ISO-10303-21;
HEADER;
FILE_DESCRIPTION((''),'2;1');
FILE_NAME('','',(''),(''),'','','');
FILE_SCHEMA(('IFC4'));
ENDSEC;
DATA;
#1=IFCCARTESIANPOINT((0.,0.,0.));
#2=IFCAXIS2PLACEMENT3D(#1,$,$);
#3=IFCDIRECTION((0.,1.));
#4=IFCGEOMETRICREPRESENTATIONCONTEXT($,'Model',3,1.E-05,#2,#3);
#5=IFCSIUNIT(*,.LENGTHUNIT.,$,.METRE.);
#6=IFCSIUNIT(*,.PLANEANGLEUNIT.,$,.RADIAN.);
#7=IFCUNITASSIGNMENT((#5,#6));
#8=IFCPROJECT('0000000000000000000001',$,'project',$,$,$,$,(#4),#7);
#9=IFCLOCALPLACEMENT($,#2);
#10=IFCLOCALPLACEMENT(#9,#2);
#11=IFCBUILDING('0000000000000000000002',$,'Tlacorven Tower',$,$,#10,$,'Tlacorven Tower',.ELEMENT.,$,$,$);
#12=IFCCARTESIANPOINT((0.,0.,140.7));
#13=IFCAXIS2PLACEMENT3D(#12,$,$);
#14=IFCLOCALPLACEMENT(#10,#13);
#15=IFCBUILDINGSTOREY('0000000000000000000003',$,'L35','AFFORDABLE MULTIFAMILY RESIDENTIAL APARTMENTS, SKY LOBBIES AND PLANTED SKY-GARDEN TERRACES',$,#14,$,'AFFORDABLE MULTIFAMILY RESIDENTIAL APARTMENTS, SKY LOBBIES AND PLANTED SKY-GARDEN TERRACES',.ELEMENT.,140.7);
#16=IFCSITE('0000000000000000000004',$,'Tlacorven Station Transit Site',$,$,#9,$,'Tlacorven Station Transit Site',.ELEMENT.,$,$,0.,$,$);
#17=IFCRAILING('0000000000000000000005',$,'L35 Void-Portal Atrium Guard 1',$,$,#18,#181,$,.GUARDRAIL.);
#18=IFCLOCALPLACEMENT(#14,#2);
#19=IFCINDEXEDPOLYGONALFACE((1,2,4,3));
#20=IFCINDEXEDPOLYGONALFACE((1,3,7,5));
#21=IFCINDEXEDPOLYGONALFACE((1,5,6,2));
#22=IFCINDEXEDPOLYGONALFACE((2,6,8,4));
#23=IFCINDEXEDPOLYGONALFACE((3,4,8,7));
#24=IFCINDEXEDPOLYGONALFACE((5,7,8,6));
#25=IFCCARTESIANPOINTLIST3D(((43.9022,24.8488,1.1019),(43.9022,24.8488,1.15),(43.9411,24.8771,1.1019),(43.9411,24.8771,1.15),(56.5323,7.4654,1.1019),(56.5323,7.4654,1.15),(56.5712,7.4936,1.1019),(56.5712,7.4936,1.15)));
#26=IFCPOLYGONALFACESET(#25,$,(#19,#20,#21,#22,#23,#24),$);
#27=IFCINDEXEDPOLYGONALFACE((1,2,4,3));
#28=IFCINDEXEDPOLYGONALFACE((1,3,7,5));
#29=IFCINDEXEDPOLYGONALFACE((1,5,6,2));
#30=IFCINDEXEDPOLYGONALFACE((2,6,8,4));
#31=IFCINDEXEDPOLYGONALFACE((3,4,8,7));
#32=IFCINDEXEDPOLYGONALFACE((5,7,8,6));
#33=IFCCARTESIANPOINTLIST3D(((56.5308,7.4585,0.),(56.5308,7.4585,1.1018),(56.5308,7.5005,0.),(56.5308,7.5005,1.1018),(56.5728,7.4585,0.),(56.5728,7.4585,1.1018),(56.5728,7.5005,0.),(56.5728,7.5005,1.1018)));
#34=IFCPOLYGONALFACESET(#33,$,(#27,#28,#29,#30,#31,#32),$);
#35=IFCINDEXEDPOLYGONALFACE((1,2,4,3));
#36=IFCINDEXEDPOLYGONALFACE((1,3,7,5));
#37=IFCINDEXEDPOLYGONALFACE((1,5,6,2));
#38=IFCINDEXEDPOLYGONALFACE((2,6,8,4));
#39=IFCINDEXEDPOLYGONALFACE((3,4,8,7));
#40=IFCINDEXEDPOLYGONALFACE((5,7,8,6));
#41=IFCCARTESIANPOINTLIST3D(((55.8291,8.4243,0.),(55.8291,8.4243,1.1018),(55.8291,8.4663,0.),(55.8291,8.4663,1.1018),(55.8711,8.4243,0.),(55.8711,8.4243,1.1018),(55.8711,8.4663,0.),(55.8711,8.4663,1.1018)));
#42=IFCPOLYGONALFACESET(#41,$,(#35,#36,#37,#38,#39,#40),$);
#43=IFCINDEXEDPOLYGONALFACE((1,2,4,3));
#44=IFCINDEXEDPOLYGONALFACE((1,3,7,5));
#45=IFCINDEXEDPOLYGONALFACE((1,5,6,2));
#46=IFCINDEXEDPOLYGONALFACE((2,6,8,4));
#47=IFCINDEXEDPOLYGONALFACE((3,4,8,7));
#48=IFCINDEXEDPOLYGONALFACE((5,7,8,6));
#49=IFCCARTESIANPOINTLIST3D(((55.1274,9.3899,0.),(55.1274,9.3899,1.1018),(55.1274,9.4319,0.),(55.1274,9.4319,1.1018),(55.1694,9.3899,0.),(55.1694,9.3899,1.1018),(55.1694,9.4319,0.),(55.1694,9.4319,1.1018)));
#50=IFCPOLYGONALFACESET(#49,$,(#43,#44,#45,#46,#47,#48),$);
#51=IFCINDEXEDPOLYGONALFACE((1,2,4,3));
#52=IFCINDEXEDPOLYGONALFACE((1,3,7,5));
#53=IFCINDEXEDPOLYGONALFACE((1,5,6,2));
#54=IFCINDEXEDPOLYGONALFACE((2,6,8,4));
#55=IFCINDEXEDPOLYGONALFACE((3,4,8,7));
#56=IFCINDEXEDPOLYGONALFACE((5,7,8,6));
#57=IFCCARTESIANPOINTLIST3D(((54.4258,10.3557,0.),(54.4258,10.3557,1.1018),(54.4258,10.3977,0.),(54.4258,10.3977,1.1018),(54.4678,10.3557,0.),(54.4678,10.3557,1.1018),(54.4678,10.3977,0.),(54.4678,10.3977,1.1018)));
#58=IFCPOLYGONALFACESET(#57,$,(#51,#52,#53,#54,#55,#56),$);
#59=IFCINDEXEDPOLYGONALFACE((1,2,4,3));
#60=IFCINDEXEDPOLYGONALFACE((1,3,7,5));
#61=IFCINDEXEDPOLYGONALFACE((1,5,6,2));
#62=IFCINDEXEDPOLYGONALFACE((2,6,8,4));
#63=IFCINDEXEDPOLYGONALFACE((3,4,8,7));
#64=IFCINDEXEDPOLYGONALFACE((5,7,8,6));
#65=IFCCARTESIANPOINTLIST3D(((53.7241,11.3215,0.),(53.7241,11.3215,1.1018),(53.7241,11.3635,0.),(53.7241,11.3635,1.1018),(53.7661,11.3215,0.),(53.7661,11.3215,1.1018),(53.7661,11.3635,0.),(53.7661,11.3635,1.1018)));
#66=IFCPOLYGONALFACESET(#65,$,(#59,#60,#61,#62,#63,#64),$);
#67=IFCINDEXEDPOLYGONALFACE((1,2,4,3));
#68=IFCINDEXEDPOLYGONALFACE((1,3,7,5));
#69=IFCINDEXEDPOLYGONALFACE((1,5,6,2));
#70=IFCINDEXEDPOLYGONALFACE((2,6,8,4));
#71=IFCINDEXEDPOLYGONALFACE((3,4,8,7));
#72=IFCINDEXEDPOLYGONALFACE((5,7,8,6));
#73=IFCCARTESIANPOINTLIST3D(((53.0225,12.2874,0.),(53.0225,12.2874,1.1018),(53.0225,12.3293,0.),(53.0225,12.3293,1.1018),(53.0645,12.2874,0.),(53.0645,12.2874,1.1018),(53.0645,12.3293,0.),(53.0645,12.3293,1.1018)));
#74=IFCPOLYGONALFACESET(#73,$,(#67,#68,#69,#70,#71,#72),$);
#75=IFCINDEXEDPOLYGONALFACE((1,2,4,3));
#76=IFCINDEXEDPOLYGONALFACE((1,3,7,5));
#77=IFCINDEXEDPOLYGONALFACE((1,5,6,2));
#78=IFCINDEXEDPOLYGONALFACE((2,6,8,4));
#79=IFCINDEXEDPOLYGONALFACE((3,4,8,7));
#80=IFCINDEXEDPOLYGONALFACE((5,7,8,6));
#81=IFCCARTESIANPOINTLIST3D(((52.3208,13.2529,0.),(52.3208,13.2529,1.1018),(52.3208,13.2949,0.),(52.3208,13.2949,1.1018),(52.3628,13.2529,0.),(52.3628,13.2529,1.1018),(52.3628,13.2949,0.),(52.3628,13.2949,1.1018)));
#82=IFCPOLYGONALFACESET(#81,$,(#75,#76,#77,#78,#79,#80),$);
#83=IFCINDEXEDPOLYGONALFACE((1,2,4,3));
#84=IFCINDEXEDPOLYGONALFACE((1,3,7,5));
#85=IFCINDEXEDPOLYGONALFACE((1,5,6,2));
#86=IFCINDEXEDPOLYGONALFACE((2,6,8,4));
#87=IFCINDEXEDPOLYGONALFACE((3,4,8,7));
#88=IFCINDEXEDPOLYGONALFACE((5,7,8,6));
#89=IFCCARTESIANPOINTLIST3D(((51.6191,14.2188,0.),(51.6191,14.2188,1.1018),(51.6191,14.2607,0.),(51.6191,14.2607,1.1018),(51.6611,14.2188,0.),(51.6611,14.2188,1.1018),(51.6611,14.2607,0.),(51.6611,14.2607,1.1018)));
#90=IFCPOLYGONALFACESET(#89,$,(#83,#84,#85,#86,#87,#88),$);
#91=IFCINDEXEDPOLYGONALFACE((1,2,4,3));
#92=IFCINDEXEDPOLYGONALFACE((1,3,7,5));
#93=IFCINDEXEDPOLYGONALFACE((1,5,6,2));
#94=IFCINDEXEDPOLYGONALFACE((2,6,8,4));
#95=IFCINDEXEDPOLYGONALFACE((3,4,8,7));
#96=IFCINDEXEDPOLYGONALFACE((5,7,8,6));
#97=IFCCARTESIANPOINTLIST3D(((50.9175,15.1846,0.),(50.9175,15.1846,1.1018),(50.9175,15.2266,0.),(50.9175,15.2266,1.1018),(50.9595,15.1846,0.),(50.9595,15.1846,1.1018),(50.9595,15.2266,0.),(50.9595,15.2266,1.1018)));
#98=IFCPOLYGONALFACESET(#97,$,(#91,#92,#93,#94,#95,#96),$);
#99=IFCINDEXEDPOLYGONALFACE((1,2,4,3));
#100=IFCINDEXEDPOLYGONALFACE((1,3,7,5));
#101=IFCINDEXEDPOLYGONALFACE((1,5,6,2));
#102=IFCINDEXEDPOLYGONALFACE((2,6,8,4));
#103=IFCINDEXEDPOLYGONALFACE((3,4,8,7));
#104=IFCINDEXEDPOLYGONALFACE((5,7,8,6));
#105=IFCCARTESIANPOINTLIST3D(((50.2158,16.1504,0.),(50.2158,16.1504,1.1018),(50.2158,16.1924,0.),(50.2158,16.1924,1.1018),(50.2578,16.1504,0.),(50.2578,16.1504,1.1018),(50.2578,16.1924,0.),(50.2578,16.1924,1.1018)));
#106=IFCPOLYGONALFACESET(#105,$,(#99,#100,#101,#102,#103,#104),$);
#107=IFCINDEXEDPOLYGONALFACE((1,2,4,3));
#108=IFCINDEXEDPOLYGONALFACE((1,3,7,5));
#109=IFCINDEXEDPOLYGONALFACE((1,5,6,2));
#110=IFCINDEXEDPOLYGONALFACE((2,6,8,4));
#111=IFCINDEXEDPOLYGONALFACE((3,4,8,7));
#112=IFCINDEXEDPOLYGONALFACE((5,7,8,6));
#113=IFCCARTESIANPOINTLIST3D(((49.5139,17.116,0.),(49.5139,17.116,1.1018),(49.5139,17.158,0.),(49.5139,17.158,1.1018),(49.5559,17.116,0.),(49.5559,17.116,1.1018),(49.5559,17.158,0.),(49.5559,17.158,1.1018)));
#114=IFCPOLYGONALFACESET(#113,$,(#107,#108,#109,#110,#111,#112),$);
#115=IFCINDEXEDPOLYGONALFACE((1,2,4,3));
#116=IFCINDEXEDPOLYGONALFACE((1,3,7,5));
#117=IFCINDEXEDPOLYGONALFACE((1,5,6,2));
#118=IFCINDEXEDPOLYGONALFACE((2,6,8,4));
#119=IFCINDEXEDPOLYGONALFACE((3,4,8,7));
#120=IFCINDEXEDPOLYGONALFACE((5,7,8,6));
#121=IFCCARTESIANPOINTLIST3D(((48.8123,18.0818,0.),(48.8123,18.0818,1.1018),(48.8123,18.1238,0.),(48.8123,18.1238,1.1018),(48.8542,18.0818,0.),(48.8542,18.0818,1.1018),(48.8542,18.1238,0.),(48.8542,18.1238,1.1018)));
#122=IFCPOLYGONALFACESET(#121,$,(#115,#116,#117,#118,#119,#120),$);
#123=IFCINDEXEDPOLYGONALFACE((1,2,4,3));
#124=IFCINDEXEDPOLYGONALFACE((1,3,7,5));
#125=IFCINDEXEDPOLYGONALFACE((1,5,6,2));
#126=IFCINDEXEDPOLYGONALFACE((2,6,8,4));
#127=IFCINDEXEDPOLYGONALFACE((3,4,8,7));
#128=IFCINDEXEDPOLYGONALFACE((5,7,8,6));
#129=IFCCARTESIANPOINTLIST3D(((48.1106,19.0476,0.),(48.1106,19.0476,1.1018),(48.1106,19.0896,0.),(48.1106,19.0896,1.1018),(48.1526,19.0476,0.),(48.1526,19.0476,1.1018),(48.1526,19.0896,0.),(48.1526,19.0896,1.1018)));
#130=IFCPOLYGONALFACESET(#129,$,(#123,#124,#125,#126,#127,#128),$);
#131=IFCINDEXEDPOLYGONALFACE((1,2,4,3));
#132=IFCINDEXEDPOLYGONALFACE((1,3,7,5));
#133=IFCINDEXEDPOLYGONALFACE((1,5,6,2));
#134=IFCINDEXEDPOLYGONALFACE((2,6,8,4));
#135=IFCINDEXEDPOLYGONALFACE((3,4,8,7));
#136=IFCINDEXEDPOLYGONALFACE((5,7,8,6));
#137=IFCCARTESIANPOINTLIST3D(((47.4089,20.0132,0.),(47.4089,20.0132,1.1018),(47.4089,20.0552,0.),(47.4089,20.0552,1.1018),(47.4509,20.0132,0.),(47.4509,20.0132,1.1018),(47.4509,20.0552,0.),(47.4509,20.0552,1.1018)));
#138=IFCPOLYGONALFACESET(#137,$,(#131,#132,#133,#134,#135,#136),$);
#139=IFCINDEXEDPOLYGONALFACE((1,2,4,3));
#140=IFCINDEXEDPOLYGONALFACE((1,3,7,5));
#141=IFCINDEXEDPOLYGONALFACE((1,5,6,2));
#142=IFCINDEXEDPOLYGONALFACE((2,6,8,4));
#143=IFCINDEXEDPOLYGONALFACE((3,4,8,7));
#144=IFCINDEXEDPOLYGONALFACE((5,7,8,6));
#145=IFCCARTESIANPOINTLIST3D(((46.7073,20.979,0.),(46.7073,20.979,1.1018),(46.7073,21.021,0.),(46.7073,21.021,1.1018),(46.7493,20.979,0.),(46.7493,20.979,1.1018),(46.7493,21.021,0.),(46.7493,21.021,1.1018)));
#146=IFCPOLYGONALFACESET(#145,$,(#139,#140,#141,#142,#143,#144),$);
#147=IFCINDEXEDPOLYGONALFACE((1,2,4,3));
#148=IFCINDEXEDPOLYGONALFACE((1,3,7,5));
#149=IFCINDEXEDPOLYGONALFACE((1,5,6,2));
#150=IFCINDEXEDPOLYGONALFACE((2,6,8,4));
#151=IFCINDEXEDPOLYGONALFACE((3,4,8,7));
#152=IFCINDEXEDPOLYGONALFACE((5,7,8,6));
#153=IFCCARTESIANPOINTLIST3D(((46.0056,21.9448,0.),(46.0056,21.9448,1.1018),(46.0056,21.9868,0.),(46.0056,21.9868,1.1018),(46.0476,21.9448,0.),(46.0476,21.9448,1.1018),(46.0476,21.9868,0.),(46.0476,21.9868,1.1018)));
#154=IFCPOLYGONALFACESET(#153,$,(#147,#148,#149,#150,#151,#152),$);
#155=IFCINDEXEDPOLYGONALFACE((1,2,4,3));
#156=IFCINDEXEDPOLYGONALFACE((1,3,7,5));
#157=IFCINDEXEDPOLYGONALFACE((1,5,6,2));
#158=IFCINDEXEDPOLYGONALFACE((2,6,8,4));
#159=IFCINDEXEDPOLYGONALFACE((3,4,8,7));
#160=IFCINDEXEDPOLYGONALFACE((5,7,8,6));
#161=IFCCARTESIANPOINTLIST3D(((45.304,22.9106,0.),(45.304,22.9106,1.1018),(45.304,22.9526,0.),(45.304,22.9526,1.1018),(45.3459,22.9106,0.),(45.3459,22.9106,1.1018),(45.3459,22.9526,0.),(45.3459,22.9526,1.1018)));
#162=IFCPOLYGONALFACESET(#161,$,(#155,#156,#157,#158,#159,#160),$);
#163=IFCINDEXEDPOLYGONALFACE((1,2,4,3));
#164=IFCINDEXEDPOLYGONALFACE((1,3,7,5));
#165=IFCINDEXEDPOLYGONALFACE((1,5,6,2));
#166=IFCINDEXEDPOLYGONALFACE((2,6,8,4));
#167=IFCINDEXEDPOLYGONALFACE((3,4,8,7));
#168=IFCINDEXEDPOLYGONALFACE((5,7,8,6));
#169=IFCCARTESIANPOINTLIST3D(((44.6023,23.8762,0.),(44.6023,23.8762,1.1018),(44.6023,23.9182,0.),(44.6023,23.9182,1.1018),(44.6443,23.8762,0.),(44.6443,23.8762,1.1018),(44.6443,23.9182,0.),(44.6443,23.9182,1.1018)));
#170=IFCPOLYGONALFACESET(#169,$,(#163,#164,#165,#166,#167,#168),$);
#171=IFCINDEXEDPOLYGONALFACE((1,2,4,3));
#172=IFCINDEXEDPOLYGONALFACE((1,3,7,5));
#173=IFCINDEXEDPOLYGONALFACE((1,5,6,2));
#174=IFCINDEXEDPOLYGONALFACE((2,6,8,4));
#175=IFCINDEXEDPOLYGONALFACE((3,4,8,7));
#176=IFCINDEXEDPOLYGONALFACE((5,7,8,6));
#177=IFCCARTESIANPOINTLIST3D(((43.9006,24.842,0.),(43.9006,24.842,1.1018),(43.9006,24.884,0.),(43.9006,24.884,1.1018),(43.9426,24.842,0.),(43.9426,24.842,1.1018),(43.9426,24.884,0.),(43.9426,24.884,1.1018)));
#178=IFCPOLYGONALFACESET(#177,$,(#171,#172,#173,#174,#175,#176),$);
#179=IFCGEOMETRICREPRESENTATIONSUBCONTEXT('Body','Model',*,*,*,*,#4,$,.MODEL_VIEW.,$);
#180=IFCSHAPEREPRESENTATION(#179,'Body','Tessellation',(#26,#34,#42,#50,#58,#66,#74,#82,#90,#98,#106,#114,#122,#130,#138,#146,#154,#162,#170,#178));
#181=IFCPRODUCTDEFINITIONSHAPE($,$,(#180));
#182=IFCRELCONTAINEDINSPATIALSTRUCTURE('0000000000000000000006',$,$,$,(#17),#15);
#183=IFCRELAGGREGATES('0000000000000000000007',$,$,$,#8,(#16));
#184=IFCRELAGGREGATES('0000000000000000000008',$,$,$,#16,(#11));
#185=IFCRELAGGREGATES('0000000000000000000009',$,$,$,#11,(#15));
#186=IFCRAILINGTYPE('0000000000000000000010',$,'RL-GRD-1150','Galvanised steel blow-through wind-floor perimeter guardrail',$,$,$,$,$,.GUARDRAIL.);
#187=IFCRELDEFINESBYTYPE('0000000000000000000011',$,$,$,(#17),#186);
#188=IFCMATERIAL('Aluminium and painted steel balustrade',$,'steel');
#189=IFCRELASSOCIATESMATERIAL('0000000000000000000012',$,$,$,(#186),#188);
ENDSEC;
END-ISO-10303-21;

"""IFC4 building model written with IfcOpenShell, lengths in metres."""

from ifc_helpers import new_model, si_unit, direction, frame, origin, origin_2d, place, context, subcontext, project, spatial, rectangle, extrude, source, transform, mapped, material, type_object, element, save


model = new_model("IFC4")

# Units and contexts
model_context = context("Model", 3, precision=1e-05, world=origin(), true_north=direction((0.0, 1.0)))
body_context = subcontext(model_context, "Body", "Model", "MODEL_VIEW")
ifc_project = project(units=[si_unit("LENGTHUNIT", "METRE"), si_unit("PLANEANGLEUNIT", "RADIAN")], contexts=[model_context])

# Site, building, storey
site_placement = place(None, origin())
site = spatial("IfcSite", under=ifc_project, at=site_placement, Name="Tlacorven Station Transit Site", LongName="Tlacorven Station Transit Site", CompositionType="ELEMENT", RefElevation=0.0)
building_placement = place(site_placement, origin())
building = spatial("IfcBuilding", under=site, at=building_placement, Name="Tlacorven Tower", LongName="Tlacorven Tower", CompositionType="ELEMENT")
storey_placement = place(building_placement, frame((0.0, 0.0, 140.7)))
storey = spatial("IfcBuildingStorey", under=building, at=storey_placement, Name="L35", Description="AFFORDABLE MULTIFAMILY RESIDENTIAL APARTMENTS, SKY LOBBIES AND PLANTED SKY-GARDEN TERRACES", LongName="AFFORDABLE MULTIFAMILY RESIDENTIAL APARTMENTS, SKY LOBBIES AND PLANTED SKY-GARDEN TERRACES", CompositionType="ELEMENT", Elevation=140.7)

# Railing
ifc_material_1 = material(Name="Aluminium and painted steel balustrade", Category="steel")
railing_type_1 = type_object("IfcRailingType", Name="RL-GRD-1150", Description="Galvanised steel blow-through wind-floor perimeter guardrail", PredefinedType="GUARDRAIL", material=ifc_material_1)
shared_shape_1 = source(origin(), body_context, "Body", "SweptSolid", [
    extrude(rectangle(XDim=0.0481, YDim=0.0481, at=origin_2d()), frame((0.0, 0.0, 1.126), z_axis=(-0.587793, 0.809012, 0.0), x_axis=(-0.809012, -0.587793, 0.0)), (0.0, 0.0, 1.0), 21.4873),
    extrude(rectangle(XDim=0.042, YDim=0.042, at=origin_2d()), origin(), (0.0, 0.0, 1.0), 1.1018),
    extrude(rectangle(XDim=0.042, YDim=0.042, at=origin_2d()), frame((-0.7017, 0.9658, 0.0)), (0.0, 0.0, 1.0), 1.1018),
    extrude(rectangle(XDim=0.042, YDim=0.042, at=origin_2d()), frame((-1.4033, 1.9314, 0.0)), (0.0, 0.0, 1.0), 1.1018),
    extrude(rectangle(XDim=0.042, YDim=0.042, at=origin_2d()), frame((-2.105, 2.8972, 0.0)), (0.0, 0.0, 1.0), 1.1018),
    extrude(rectangle(XDim=0.042, YDim=0.042, at=origin_2d()), frame((-2.8066, 3.863, 0.0)), (0.0, 0.0, 1.0), 1.1018),
    extrude(rectangle(XDim=0.042, YDim=0.042, at=origin_2d()), frame((-3.5083, 4.8289, 0.0)), (0.0, 0.0, 1.0), 1.1018),
    extrude(rectangle(XDim=0.042, YDim=0.042, at=origin_2d()), frame((-4.21, 5.7944, 0.0)), (0.0, 0.0, 1.0), 1.1018),
    extrude(rectangle(XDim=0.042, YDim=0.042, at=origin_2d()), frame((-4.9116, 6.7603, 0.0)), (0.0, 0.0, 1.0), 1.1018),
    extrude(rectangle(XDim=0.042, YDim=0.042, at=origin_2d()), frame((-5.6133, 7.7261, 0.0)), (0.0, 0.0, 1.0), 1.1018),
    extrude(rectangle(XDim=0.042, YDim=0.042, at=origin_2d()), frame((-6.3149, 8.6919, 0.0)), (0.0, 0.0, 1.0), 1.1018),
    extrude(rectangle(XDim=0.042, YDim=0.042, at=origin_2d()), frame((-7.0168, 9.6575, 0.0)), (0.0, 0.0, 1.0), 1.1018),
    extrude(rectangle(XDim=0.042, YDim=0.042, at=origin_2d()), frame((-7.7185, 10.6233, 0.0)), (0.0, 0.0, 1.0), 1.1018),
    extrude(rectangle(XDim=0.042, YDim=0.042, at=origin_2d()), frame((-8.4202, 11.5891, 0.0)), (0.0, 0.0, 1.0), 1.1018),
    extrude(rectangle(XDim=0.042, YDim=0.042, at=origin_2d()), frame((-9.1218, 12.5547, 0.0)), (0.0, 0.0, 1.0), 1.1018),
    extrude(rectangle(XDim=0.042, YDim=0.042, at=origin_2d()), frame((-9.8235, 13.5205, 0.0)), (0.0, 0.0, 1.0), 1.1018),
    extrude(rectangle(XDim=0.042, YDim=0.042, at=origin_2d()), frame((-10.5251, 14.4863, 0.0)), (0.0, 0.0, 1.0), 1.1018),
    extrude(rectangle(XDim=0.042, YDim=0.042, at=origin_2d()), frame((-11.2268, 15.4521, 0.0)), (0.0, 0.0, 1.0), 1.1018),
    extrude(rectangle(XDim=0.042, YDim=0.042, at=origin_2d()), frame((-11.9285, 16.4177, 0.0)), (0.0, 0.0, 1.0), 1.1018),
    extrude(rectangle(XDim=0.042, YDim=0.042, at=origin_2d()), frame((-12.6301, 17.3835, 0.0)), (0.0, 0.0, 1.0), 1.1018),
])
railing_1_placement = place(storey_placement, frame((56.5518, 7.4795, 0.0)))
element("IfcRailing", 1, at=railing_1_placement, inside=storey, type_object=railing_type_1, Name="L35 Void-Portal Atrium Guard 1", PredefinedType="GUARDRAIL", context=body_context, shape_type="MappedRepresentation", body=[
    mapped(shared_shape_1, transform((0.0, 0.0, 0.0), scale=1.0)),
])

save(model, "model.ifc")
